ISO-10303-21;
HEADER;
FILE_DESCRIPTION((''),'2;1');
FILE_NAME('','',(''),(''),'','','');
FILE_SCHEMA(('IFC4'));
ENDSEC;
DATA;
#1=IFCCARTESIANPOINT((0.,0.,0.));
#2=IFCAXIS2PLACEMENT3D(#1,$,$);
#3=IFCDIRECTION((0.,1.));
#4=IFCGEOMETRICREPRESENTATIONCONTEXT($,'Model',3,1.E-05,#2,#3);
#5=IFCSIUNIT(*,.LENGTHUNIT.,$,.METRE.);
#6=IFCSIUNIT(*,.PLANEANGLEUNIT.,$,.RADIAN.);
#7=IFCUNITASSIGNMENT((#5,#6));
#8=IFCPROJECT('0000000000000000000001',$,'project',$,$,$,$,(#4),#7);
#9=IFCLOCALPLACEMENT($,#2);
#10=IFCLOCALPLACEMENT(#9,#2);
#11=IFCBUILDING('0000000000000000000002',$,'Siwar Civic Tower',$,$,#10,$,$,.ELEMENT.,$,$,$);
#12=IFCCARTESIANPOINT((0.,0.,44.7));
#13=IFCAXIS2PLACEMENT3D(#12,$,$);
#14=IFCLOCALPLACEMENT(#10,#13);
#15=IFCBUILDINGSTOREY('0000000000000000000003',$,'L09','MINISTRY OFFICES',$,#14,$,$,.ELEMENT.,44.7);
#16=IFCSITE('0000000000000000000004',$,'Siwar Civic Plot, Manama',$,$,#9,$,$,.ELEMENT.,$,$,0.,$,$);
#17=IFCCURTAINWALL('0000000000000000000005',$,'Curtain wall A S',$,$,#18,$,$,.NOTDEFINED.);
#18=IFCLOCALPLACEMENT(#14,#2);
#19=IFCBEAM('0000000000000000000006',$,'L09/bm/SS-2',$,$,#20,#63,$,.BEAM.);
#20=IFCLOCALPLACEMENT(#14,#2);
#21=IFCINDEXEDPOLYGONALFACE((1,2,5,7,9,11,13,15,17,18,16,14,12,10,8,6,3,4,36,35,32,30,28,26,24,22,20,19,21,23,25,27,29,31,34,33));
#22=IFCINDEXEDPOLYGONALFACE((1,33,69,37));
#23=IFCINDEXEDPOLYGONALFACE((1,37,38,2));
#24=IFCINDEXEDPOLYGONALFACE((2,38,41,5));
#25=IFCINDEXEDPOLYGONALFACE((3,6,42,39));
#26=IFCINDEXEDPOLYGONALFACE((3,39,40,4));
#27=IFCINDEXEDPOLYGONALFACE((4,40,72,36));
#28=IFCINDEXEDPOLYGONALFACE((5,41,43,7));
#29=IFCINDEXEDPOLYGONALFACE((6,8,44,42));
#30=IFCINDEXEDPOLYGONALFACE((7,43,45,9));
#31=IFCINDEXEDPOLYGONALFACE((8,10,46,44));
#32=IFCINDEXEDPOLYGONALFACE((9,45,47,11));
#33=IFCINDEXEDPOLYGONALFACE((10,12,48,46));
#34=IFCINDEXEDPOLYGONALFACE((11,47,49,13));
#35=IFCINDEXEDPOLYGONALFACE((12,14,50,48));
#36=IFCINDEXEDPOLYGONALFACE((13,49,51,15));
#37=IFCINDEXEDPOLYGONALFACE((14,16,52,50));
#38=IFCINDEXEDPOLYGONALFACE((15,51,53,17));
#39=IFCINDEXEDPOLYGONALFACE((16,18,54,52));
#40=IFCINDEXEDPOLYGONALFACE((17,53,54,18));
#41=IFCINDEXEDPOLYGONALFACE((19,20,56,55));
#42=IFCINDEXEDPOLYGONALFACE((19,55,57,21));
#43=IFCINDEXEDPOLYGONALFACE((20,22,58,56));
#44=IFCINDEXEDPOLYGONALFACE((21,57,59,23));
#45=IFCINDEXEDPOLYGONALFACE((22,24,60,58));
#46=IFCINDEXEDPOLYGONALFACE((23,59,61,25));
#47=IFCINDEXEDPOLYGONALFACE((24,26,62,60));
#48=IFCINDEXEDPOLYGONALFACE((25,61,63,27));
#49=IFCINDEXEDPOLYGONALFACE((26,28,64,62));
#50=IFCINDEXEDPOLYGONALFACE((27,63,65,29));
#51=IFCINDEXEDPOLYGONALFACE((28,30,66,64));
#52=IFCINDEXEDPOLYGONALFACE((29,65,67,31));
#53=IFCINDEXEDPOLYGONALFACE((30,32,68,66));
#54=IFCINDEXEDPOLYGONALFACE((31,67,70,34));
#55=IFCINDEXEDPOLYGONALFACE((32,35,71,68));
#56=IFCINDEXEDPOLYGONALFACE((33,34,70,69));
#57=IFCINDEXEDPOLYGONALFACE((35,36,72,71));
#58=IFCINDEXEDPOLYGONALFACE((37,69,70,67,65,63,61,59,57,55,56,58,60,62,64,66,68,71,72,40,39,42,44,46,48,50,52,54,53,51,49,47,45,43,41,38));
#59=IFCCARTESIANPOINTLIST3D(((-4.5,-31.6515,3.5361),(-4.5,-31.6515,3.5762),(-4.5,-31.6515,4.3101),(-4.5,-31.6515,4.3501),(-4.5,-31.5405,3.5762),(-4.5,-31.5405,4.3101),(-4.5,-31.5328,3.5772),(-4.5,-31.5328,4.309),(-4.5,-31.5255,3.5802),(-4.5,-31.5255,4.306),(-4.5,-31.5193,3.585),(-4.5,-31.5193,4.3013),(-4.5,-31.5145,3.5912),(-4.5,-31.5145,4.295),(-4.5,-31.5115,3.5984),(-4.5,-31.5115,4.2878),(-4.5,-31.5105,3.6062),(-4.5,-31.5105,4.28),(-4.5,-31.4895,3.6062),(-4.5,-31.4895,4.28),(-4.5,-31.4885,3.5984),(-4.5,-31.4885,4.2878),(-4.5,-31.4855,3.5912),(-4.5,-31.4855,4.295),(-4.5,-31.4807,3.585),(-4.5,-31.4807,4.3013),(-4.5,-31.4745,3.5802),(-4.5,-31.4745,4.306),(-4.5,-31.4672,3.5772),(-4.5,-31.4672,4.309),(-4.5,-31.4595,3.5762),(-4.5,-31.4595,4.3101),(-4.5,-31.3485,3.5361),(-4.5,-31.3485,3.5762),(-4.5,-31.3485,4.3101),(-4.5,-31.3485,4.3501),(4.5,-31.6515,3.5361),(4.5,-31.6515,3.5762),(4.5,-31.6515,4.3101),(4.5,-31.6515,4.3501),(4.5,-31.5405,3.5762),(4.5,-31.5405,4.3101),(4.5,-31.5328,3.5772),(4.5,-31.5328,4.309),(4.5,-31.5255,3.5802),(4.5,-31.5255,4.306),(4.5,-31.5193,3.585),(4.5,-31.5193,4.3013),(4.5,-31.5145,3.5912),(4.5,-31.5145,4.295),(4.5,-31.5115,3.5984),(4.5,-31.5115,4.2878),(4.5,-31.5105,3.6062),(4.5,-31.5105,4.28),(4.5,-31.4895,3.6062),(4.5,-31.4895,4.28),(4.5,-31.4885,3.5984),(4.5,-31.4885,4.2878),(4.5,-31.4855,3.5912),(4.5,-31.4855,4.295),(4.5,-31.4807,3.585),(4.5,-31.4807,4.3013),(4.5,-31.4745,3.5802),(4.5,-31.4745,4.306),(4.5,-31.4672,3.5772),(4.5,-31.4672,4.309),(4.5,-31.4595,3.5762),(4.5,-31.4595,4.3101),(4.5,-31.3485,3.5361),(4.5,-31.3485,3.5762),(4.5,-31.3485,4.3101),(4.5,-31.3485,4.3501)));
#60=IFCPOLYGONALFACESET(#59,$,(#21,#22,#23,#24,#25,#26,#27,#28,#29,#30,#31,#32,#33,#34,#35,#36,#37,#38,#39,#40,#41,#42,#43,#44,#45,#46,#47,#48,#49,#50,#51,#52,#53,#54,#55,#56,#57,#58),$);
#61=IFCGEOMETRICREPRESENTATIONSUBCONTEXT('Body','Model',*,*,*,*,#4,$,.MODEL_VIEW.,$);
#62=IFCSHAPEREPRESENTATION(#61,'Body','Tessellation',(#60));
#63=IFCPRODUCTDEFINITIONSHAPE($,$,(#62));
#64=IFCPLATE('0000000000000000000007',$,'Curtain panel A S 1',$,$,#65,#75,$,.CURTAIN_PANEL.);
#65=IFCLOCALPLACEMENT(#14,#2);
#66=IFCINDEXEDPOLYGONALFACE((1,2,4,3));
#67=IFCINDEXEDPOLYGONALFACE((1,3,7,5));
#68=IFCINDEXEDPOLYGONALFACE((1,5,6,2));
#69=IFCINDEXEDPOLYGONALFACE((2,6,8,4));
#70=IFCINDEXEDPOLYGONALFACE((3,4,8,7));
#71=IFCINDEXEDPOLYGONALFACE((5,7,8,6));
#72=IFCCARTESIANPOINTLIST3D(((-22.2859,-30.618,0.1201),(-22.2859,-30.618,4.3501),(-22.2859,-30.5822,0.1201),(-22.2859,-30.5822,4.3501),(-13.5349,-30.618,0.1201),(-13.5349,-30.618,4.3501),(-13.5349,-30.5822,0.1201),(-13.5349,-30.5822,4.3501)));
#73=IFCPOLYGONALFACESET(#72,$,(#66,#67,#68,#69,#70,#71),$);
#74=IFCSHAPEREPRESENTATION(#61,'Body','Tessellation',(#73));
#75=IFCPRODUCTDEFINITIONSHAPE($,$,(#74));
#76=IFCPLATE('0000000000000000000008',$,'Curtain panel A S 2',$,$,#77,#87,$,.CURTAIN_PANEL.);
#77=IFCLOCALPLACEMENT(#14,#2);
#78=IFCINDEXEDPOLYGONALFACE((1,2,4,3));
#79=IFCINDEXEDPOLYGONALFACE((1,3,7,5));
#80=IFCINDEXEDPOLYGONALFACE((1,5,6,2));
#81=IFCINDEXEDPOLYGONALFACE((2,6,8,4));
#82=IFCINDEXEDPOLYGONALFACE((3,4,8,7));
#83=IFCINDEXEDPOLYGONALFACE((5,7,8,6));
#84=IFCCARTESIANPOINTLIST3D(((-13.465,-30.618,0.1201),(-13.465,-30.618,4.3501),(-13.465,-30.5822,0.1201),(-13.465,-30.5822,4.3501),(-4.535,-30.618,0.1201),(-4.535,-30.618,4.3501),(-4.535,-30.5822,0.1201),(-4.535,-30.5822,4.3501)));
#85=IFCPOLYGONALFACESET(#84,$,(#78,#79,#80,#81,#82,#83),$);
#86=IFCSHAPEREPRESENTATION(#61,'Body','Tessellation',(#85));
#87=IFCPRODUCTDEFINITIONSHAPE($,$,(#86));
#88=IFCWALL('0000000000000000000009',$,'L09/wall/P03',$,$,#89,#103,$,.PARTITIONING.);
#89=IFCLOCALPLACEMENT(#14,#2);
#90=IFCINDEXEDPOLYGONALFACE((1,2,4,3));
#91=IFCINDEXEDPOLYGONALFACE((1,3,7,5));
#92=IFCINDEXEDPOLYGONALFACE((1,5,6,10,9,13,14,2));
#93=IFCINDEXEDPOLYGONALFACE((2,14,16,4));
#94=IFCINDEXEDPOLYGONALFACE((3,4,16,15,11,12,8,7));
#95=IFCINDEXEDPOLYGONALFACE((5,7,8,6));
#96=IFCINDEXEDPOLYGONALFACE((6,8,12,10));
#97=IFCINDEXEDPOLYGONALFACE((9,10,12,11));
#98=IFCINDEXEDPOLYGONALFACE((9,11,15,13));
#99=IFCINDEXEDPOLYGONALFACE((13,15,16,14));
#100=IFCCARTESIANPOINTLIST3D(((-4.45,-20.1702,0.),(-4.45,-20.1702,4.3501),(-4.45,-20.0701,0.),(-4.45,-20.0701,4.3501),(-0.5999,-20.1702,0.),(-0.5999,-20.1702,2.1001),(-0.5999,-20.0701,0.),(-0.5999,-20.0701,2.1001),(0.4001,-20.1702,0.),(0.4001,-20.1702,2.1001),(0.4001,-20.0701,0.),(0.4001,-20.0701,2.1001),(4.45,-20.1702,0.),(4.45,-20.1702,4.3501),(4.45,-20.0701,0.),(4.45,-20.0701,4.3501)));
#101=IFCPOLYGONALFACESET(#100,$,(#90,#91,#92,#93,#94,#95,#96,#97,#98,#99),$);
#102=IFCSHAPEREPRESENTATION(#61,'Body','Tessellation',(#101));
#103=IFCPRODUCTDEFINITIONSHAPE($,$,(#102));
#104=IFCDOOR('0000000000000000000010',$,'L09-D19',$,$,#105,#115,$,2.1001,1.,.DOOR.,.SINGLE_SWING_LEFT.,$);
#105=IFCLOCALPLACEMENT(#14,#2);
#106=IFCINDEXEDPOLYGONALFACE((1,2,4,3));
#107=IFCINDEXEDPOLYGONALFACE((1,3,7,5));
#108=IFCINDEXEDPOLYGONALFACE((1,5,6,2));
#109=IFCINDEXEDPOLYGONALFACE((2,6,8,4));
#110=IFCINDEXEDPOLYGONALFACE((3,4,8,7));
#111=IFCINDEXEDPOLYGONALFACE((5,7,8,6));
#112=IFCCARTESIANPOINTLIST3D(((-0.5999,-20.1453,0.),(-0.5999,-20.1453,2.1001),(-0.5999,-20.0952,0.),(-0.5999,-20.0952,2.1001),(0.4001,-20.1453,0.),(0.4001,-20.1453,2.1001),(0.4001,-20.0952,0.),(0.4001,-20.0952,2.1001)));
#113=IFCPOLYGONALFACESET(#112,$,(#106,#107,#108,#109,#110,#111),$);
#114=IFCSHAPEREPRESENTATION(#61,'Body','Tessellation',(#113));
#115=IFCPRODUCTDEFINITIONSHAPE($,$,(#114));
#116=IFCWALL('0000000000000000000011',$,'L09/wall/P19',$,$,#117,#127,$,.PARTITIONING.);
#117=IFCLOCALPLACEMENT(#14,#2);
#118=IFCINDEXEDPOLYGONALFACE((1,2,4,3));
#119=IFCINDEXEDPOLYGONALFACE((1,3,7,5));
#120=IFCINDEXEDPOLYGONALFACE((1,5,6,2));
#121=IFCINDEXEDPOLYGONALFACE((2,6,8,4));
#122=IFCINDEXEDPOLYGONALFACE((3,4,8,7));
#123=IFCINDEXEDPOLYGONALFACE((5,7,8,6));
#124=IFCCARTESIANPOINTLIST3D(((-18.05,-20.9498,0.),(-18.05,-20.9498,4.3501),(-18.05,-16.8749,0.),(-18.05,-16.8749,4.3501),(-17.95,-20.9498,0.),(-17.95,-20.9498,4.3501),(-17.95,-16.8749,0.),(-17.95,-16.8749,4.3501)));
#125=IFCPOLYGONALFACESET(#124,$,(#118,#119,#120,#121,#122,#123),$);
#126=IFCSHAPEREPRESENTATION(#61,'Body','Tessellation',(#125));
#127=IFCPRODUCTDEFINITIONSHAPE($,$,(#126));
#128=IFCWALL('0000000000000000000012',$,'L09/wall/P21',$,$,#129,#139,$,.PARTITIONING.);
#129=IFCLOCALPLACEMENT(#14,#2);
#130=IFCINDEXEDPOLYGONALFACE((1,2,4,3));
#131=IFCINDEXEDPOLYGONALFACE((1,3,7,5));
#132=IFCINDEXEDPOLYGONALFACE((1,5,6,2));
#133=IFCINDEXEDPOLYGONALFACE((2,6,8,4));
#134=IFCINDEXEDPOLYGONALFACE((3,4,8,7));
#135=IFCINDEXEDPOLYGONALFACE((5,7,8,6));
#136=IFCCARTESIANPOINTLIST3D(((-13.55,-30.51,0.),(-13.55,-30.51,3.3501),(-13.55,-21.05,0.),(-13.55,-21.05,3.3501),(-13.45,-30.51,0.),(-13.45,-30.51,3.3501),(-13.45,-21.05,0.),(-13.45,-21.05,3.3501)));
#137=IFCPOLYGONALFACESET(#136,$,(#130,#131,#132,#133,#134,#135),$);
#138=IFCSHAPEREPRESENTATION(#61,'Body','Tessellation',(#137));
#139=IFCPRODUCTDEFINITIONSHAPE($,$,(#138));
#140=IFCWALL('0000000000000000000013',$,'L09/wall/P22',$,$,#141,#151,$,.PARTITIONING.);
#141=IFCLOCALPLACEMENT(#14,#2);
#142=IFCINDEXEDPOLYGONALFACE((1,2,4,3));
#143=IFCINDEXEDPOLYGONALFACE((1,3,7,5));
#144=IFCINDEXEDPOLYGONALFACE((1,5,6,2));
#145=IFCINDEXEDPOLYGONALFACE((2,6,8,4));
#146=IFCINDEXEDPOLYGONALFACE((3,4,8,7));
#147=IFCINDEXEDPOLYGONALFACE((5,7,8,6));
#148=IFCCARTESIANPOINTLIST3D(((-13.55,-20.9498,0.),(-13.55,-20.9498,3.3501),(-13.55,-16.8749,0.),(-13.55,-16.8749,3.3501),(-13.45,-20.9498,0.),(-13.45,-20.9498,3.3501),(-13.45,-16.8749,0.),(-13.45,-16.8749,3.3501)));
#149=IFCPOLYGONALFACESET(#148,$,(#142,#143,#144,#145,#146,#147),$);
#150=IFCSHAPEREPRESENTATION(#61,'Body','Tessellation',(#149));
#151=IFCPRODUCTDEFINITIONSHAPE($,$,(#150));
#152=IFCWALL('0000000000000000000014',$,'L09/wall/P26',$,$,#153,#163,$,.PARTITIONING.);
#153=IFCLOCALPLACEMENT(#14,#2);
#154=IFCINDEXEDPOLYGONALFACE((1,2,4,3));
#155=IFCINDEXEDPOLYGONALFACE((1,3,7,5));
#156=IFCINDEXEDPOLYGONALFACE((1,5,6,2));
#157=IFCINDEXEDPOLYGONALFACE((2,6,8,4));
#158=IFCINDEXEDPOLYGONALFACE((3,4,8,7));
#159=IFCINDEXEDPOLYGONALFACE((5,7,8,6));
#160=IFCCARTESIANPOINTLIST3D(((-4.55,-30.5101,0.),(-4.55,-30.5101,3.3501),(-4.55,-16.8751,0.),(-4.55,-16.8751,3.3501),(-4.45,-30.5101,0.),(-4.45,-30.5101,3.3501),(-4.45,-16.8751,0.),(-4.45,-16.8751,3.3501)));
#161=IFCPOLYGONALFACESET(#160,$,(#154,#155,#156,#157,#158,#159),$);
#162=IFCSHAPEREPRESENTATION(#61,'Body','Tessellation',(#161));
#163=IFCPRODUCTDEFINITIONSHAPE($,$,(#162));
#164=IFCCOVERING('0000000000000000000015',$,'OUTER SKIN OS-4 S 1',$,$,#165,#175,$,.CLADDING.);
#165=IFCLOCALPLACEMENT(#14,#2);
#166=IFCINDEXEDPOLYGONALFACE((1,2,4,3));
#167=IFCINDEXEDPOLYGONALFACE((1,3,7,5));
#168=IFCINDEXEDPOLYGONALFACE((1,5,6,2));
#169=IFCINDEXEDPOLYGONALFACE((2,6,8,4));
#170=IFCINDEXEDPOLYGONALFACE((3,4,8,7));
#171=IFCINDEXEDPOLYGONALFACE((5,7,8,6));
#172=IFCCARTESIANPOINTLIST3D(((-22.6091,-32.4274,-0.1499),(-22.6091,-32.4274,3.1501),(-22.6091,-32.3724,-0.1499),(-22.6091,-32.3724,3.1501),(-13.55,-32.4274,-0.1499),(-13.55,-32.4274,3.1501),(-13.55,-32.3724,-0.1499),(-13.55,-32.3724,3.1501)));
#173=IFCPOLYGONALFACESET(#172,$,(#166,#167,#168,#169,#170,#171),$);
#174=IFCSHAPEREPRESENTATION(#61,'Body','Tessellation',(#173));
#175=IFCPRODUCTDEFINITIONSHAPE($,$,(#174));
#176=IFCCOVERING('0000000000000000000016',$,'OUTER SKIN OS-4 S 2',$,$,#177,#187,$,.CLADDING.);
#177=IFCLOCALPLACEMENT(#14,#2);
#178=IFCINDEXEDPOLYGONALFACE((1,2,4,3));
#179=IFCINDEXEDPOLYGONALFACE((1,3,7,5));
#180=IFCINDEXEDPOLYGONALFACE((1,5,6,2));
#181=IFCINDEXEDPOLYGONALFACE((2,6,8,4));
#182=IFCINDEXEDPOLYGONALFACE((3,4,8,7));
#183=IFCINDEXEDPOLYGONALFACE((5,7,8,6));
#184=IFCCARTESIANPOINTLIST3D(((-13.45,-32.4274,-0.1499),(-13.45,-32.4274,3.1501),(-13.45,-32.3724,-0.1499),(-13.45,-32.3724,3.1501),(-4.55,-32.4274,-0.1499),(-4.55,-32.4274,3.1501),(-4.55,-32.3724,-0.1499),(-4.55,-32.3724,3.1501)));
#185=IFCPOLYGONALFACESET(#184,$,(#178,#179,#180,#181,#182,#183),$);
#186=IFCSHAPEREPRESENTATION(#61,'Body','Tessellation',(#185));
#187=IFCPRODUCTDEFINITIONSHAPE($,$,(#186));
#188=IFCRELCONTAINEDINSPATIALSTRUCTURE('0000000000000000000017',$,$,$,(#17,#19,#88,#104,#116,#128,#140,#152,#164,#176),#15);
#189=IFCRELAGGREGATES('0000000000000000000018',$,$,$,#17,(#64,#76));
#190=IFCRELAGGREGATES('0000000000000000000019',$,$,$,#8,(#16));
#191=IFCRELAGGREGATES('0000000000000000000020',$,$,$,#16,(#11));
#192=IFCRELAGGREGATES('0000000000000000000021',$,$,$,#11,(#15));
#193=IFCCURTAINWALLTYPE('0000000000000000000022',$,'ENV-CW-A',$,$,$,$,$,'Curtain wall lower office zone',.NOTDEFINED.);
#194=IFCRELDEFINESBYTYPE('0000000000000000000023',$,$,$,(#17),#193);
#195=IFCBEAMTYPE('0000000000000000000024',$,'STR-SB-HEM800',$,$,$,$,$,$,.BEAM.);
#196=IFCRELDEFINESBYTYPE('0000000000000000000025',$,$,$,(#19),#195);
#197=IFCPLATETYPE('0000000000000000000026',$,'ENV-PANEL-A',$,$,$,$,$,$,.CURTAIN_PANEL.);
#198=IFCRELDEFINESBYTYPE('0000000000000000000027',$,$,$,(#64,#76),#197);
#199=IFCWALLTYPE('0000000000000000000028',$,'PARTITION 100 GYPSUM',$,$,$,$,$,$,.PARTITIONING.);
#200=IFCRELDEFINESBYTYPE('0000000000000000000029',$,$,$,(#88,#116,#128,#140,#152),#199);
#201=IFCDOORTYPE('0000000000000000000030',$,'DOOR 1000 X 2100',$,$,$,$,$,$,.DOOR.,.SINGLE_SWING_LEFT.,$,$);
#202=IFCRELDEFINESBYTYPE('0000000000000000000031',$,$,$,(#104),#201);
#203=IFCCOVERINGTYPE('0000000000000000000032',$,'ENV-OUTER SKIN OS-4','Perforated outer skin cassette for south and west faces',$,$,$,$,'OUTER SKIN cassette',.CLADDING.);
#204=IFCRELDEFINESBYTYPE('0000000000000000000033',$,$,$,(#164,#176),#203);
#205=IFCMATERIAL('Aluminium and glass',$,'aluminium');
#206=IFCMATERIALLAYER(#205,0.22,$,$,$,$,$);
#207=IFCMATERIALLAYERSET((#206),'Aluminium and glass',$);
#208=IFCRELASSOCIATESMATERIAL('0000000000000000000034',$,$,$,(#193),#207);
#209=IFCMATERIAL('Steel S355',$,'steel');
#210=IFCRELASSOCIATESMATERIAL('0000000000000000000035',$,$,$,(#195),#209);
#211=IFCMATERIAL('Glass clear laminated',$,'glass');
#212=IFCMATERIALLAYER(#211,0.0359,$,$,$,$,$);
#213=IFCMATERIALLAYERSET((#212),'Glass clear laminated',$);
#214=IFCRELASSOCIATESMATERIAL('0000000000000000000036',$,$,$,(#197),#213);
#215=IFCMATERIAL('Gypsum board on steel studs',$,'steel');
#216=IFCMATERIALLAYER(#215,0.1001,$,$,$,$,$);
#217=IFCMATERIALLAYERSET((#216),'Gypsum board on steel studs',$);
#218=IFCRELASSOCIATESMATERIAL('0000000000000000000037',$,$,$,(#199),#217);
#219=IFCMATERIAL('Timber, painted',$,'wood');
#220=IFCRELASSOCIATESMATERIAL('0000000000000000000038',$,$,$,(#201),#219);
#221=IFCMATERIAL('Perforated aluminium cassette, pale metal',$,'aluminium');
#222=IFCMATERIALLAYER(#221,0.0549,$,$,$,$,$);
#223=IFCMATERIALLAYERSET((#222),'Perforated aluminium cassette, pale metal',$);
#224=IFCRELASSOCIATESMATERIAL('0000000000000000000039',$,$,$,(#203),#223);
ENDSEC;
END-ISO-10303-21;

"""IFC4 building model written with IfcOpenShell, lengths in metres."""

from ifc_helpers import new_model, si_unit, direction, frame, frame_2d, origin, origin_2d, place, context, subcontext, project, spatial, rectangle, i_section, extrude, material, layer, layer_set, material_profile, profile_set, type_object, element, fill, aggregate, save


model = new_model("IFC4")

# Units and contexts
model_context = context("Model", 3, precision=1e-05, world=origin(), true_north=direction((0.0, 1.0)))
body_context = subcontext(model_context, "Body", "Model", "MODEL_VIEW")
ifc_project = project(units=[si_unit("LENGTHUNIT", "METRE"), si_unit("PLANEANGLEUNIT", "RADIAN")], contexts=[model_context])

# Site, building, storey
site_placement = place(None, origin())
site = spatial("IfcSite", under=ifc_project, at=site_placement, Name="Siwar Civic Plot, Manama", CompositionType="ELEMENT", RefElevation=0.0)
building_placement = place(site_placement, origin())
building = spatial("IfcBuilding", under=site, at=building_placement, Name="Siwar Civic Tower", CompositionType="ELEMENT")
storey_placement = place(building_placement, frame((0.0, 0.0, 44.7)))
storey = spatial("IfcBuildingStorey", under=building, at=storey_placement, Name="L09", Description="MINISTRY OFFICES", CompositionType="ELEMENT", Elevation=44.7)

# Curtain wall
ifc_material_1 = material(Name="Aluminium and glass", Category="aluminium")
ifc_layer_1 = layer(ifc_material_1, 0.22)
ifc_layer_set_1 = layer_set([ifc_layer_1], Name="Aluminium and glass")
curtain_wall_type = type_object("IfcCurtainWallType", Name="ENV-CW-A", ElementType="Curtain wall lower office zone", PredefinedType="NOTDEFINED", material=ifc_layer_set_1)
curtain_wall_placement = place(storey_placement, origin())
curtain_wall = element("IfcCurtainWall", 1, at=curtain_wall_placement, inside=storey, type_object=curtain_wall_type, Name="Curtain wall A S", PredefinedType="NOTDEFINED")

# Beam
ifc_material_2 = material(Name="Steel S355", Category="steel")
ifc_material_profile_1 = material_profile(ifc_material_2, i_section(OverallWidth=0.303, OverallDepth=0.814, WebThickness=0.021, FlangeThickness=0.04, FilletRadius=0.03, at=origin_2d()), Name="HEM800")
ifc_profile_set_1 = profile_set([ifc_material_profile_1], Name="Steel S355")
beam_type_1 = type_object("IfcBeamType", Name="STR-SB-HEM800", PredefinedType="BEAM", material=ifc_profile_set_1)
for number, where, z_axis, x_axis, name in (
    (2, (-4.5, -31.5, 3.9431), (1.0, 0.0, 0.0), (0.0, 1.0, 0.0), "L09/bm/SS-2"),
):
    element("IfcBeam", number, at=place(storey_placement, frame(where, z_axis=z_axis, x_axis=x_axis)), inside=storey, type_object=beam_type_1, Name=name, PredefinedType="BEAM", context=body_context, shape_type="SweptSolid", body=[
        extrude(i_section(OverallWidth=0.303, OverallDepth=0.814, WebThickness=0.021, FlangeThickness=0.04, FilletRadius=0.03, at=origin_2d()), origin(), (0.0, 0.0, 1.0), 9.0),
    ])

# Plates
ifc_material_3 = material(Name="Glass clear laminated", Category="glass")
ifc_layer_2 = layer(ifc_material_3, 0.0359)
ifc_layer_set_2 = layer_set([ifc_layer_2], Name="Glass clear laminated")
plate_type = type_object("IfcPlateType", Name="ENV-PANEL-A", PredefinedType="CURTAIN_PANEL", material=ifc_layer_set_2)
plate_1_placement = place(storey_placement, frame((-17.9104, -30.6001, 0.1201), z_axis=(0.0, 0.0, 1.0), x_axis=(1.0, 0.0, 0.0)))
plate_1 = element("IfcPlate", 3, at=plate_1_placement, type_object=plate_type, Name="Curtain panel A S 1", PredefinedType="CURTAIN_PANEL", context=body_context, shape_type="SweptSolid", body=[
    extrude(rectangle(XDim=8.751, YDim=0.0359, at=origin_2d()), origin(), (0.0, 0.0, 1.0), 4.23),
])
plate_2_placement = place(storey_placement, frame((-9.0, -30.6001, 0.1201), z_axis=(0.0, 0.0, 1.0), x_axis=(1.0, 0.0, 0.0)))
plate_2 = element("IfcPlate", 4, at=plate_2_placement, type_object=plate_type, Name="Curtain panel A S 2", PredefinedType="CURTAIN_PANEL", context=body_context, shape_type="SweptSolid", body=[
    extrude(rectangle(XDim=8.9299, YDim=0.0359, at=origin_2d()), origin(), (0.0, 0.0, 1.0), 4.23),
])
aggregate(curtain_wall, [plate_1, plate_2])

# Wall, opening, door
ifc_material_4 = material(Name="Gypsum board on steel studs", Category="steel")
ifc_layer_3 = layer(ifc_material_4, 0.1001)
ifc_layer_set_3 = layer_set([ifc_layer_3], Name="Gypsum board on steel studs")
wall_type = type_object("IfcWallType", Name="PARTITION 100 GYPSUM", PredefinedType="PARTITIONING", material=ifc_layer_set_3)
wall_1_placement = place(storey_placement, frame((-4.45, -20.1201, 0.0), z_axis=(0.0, 0.0, 1.0), x_axis=(1.0, 0.0, 0.0)))
wall_1 = element("IfcWall", 5, at=wall_1_placement, inside=storey, type_object=wall_type, Name="L09/wall/P03", PredefinedType="PARTITIONING", context=body_context, shape_type="SweptSolid", body=[
    extrude(rectangle(XDim=8.8999, YDim=0.1001, at=frame_2d((4.45, 0.0))), origin(), (0.0, 0.0, 1.0), 4.3501),
])
opening_placement = place(wall_1_placement, frame((3.8501, 0.0, 0.0)))
opening = element("IfcOpeningElement", 6, at=opening_placement, cuts=wall_1, PredefinedType="OPENING", context=body_context, shape_type="SweptSolid", body=[
    extrude(rectangle(XDim=1.0, YDim=2.1001, at=frame_2d((0.5, 1.05))), frame((0.0, 0.0601, 0.0), z_axis=(0.0, -1.0, 0.0), x_axis=(1.0, 0.0, 0.0)), (0.0, 0.0, 1.0), 0.1201),
])
ifc_material_5 = material(Name="Timber, painted", Category="wood")
door_type = type_object("IfcDoorType", Name="DOOR 1000 X 2100", OperationType="SINGLE_SWING_LEFT", PredefinedType="DOOR", material=ifc_material_5)
door_placement = place(opening_placement, origin())
door = element("IfcDoor", 7, at=door_placement, inside=storey, type_object=door_type, Name="L09-D19", OperationType="SINGLE_SWING_LEFT", OverallHeight=2.1001, OverallWidth=1.0, PredefinedType="DOOR", context=body_context, shape_type="SweptSolid", body=[
    extrude(rectangle(XDim=1.0, YDim=2.1001, at=frame_2d((0.5, 1.05))), frame((0.0, 0.0249, 0.0), z_axis=(0.0, -1.0, 0.0), x_axis=(1.0, 0.0, 0.0)), (0.0, 0.0, 1.0), 0.05),
])
fill(opening, door)

# Walls
wall_2_placement = place(storey_placement, frame((-18.0, -20.95, 0.0), z_axis=(0.0, 0.0, 1.0), x_axis=(0.0, 1.0, 0.0)))
element("IfcWall", 8, at=wall_2_placement, inside=storey, type_object=wall_type, Name="L09/wall/P19", PredefinedType="PARTITIONING", context=body_context, shape_type="SweptSolid", body=[
    extrude(rectangle(XDim=4.075, YDim=0.1001, at=frame_2d((2.0376, 0.0))), origin(), (0.0, 0.0, 1.0), 4.3501),
])
wall_3_placement = place(storey_placement, frame((-13.5, -30.51, 0.0), z_axis=(0.0, 0.0, 1.0), x_axis=(0.0, 1.0, 0.0)))
element("IfcWall", 9, at=wall_3_placement, inside=storey, type_object=wall_type, Name="L09/wall/P21", PredefinedType="PARTITIONING", context=body_context, shape_type="SweptSolid", body=[
    extrude(rectangle(XDim=9.46, YDim=0.1001, at=frame_2d((4.73, 0.0))), origin(), (0.0, 0.0, 1.0), 3.3501),
])
wall_4_placement = place(storey_placement, frame((-13.5, -20.95, 0.0), z_axis=(0.0, 0.0, 1.0), x_axis=(0.0, 1.0, 0.0)))
element("IfcWall", 10, at=wall_4_placement, inside=storey, type_object=wall_type, Name="L09/wall/P22", PredefinedType="PARTITIONING", context=body_context, shape_type="SweptSolid", body=[
    extrude(rectangle(XDim=4.075, YDim=0.1001, at=frame_2d((2.0376, 0.0))), origin(), (0.0, 0.0, 1.0), 3.3501),
])
wall_5_placement = place(storey_placement, frame((-4.5, -30.51, 0.0), z_axis=(0.0, 0.0, 1.0), x_axis=(0.0, 1.0, 0.0)))
element("IfcWall", 11, at=wall_5_placement, inside=storey, type_object=wall_type, Name="L09/wall/P26", PredefinedType="PARTITIONING", context=body_context, shape_type="SweptSolid", body=[
    extrude(rectangle(XDim=13.635, YDim=0.1001, at=frame_2d((6.8174, 0.0))), origin(), (0.0, 0.0, 1.0), 3.3501),
])

# Coverings
ifc_material_6 = material(Name="Perforated aluminium cassette, pale metal", Category="aluminium")
ifc_layer_4 = layer(ifc_material_6, 0.0549)
ifc_layer_set_4 = layer_set([ifc_layer_4], Name="Perforated aluminium cassette, pale metal")
covering_type = type_object("IfcCoveringType", Name="ENV-OUTER SKIN OS-4", Description="Perforated outer skin cassette for south and west faces", ElementType="OUTER SKIN cassette", PredefinedType="CLADDING", material=ifc_layer_set_4)
covering_1_placement = place(storey_placement, frame((-18.0796, -32.3999, -0.1499), z_axis=(0.0, 0.0, 1.0), x_axis=(1.0, 0.0, 0.0)))
element("IfcCovering", 12, at=covering_1_placement, inside=storey, type_object=covering_type, Name="OUTER SKIN OS-4 S 1", PredefinedType="CLADDING", context=body_context, shape_type="SweptSolid", body=[
    extrude(rectangle(XDim=9.0591, YDim=0.0549, at=origin_2d()), origin(), (0.0, 0.0, 1.0), 3.3),
])
covering_2_placement = place(storey_placement, frame((-9.0, -32.3999, -0.1499), z_axis=(0.0, 0.0, 1.0), x_axis=(1.0, 0.0, 0.0)))
element("IfcCovering", 13, at=covering_2_placement, inside=storey, type_object=covering_type, Name="OUTER SKIN OS-4 S 2", PredefinedType="CLADDING", context=body_context, shape_type="SweptSolid", body=[
    extrude(rectangle(XDim=8.8999, YDim=0.0549, at=origin_2d()), origin(), (0.0, 0.0, 1.0), 3.3),
])

save(model, "model.ifc")
